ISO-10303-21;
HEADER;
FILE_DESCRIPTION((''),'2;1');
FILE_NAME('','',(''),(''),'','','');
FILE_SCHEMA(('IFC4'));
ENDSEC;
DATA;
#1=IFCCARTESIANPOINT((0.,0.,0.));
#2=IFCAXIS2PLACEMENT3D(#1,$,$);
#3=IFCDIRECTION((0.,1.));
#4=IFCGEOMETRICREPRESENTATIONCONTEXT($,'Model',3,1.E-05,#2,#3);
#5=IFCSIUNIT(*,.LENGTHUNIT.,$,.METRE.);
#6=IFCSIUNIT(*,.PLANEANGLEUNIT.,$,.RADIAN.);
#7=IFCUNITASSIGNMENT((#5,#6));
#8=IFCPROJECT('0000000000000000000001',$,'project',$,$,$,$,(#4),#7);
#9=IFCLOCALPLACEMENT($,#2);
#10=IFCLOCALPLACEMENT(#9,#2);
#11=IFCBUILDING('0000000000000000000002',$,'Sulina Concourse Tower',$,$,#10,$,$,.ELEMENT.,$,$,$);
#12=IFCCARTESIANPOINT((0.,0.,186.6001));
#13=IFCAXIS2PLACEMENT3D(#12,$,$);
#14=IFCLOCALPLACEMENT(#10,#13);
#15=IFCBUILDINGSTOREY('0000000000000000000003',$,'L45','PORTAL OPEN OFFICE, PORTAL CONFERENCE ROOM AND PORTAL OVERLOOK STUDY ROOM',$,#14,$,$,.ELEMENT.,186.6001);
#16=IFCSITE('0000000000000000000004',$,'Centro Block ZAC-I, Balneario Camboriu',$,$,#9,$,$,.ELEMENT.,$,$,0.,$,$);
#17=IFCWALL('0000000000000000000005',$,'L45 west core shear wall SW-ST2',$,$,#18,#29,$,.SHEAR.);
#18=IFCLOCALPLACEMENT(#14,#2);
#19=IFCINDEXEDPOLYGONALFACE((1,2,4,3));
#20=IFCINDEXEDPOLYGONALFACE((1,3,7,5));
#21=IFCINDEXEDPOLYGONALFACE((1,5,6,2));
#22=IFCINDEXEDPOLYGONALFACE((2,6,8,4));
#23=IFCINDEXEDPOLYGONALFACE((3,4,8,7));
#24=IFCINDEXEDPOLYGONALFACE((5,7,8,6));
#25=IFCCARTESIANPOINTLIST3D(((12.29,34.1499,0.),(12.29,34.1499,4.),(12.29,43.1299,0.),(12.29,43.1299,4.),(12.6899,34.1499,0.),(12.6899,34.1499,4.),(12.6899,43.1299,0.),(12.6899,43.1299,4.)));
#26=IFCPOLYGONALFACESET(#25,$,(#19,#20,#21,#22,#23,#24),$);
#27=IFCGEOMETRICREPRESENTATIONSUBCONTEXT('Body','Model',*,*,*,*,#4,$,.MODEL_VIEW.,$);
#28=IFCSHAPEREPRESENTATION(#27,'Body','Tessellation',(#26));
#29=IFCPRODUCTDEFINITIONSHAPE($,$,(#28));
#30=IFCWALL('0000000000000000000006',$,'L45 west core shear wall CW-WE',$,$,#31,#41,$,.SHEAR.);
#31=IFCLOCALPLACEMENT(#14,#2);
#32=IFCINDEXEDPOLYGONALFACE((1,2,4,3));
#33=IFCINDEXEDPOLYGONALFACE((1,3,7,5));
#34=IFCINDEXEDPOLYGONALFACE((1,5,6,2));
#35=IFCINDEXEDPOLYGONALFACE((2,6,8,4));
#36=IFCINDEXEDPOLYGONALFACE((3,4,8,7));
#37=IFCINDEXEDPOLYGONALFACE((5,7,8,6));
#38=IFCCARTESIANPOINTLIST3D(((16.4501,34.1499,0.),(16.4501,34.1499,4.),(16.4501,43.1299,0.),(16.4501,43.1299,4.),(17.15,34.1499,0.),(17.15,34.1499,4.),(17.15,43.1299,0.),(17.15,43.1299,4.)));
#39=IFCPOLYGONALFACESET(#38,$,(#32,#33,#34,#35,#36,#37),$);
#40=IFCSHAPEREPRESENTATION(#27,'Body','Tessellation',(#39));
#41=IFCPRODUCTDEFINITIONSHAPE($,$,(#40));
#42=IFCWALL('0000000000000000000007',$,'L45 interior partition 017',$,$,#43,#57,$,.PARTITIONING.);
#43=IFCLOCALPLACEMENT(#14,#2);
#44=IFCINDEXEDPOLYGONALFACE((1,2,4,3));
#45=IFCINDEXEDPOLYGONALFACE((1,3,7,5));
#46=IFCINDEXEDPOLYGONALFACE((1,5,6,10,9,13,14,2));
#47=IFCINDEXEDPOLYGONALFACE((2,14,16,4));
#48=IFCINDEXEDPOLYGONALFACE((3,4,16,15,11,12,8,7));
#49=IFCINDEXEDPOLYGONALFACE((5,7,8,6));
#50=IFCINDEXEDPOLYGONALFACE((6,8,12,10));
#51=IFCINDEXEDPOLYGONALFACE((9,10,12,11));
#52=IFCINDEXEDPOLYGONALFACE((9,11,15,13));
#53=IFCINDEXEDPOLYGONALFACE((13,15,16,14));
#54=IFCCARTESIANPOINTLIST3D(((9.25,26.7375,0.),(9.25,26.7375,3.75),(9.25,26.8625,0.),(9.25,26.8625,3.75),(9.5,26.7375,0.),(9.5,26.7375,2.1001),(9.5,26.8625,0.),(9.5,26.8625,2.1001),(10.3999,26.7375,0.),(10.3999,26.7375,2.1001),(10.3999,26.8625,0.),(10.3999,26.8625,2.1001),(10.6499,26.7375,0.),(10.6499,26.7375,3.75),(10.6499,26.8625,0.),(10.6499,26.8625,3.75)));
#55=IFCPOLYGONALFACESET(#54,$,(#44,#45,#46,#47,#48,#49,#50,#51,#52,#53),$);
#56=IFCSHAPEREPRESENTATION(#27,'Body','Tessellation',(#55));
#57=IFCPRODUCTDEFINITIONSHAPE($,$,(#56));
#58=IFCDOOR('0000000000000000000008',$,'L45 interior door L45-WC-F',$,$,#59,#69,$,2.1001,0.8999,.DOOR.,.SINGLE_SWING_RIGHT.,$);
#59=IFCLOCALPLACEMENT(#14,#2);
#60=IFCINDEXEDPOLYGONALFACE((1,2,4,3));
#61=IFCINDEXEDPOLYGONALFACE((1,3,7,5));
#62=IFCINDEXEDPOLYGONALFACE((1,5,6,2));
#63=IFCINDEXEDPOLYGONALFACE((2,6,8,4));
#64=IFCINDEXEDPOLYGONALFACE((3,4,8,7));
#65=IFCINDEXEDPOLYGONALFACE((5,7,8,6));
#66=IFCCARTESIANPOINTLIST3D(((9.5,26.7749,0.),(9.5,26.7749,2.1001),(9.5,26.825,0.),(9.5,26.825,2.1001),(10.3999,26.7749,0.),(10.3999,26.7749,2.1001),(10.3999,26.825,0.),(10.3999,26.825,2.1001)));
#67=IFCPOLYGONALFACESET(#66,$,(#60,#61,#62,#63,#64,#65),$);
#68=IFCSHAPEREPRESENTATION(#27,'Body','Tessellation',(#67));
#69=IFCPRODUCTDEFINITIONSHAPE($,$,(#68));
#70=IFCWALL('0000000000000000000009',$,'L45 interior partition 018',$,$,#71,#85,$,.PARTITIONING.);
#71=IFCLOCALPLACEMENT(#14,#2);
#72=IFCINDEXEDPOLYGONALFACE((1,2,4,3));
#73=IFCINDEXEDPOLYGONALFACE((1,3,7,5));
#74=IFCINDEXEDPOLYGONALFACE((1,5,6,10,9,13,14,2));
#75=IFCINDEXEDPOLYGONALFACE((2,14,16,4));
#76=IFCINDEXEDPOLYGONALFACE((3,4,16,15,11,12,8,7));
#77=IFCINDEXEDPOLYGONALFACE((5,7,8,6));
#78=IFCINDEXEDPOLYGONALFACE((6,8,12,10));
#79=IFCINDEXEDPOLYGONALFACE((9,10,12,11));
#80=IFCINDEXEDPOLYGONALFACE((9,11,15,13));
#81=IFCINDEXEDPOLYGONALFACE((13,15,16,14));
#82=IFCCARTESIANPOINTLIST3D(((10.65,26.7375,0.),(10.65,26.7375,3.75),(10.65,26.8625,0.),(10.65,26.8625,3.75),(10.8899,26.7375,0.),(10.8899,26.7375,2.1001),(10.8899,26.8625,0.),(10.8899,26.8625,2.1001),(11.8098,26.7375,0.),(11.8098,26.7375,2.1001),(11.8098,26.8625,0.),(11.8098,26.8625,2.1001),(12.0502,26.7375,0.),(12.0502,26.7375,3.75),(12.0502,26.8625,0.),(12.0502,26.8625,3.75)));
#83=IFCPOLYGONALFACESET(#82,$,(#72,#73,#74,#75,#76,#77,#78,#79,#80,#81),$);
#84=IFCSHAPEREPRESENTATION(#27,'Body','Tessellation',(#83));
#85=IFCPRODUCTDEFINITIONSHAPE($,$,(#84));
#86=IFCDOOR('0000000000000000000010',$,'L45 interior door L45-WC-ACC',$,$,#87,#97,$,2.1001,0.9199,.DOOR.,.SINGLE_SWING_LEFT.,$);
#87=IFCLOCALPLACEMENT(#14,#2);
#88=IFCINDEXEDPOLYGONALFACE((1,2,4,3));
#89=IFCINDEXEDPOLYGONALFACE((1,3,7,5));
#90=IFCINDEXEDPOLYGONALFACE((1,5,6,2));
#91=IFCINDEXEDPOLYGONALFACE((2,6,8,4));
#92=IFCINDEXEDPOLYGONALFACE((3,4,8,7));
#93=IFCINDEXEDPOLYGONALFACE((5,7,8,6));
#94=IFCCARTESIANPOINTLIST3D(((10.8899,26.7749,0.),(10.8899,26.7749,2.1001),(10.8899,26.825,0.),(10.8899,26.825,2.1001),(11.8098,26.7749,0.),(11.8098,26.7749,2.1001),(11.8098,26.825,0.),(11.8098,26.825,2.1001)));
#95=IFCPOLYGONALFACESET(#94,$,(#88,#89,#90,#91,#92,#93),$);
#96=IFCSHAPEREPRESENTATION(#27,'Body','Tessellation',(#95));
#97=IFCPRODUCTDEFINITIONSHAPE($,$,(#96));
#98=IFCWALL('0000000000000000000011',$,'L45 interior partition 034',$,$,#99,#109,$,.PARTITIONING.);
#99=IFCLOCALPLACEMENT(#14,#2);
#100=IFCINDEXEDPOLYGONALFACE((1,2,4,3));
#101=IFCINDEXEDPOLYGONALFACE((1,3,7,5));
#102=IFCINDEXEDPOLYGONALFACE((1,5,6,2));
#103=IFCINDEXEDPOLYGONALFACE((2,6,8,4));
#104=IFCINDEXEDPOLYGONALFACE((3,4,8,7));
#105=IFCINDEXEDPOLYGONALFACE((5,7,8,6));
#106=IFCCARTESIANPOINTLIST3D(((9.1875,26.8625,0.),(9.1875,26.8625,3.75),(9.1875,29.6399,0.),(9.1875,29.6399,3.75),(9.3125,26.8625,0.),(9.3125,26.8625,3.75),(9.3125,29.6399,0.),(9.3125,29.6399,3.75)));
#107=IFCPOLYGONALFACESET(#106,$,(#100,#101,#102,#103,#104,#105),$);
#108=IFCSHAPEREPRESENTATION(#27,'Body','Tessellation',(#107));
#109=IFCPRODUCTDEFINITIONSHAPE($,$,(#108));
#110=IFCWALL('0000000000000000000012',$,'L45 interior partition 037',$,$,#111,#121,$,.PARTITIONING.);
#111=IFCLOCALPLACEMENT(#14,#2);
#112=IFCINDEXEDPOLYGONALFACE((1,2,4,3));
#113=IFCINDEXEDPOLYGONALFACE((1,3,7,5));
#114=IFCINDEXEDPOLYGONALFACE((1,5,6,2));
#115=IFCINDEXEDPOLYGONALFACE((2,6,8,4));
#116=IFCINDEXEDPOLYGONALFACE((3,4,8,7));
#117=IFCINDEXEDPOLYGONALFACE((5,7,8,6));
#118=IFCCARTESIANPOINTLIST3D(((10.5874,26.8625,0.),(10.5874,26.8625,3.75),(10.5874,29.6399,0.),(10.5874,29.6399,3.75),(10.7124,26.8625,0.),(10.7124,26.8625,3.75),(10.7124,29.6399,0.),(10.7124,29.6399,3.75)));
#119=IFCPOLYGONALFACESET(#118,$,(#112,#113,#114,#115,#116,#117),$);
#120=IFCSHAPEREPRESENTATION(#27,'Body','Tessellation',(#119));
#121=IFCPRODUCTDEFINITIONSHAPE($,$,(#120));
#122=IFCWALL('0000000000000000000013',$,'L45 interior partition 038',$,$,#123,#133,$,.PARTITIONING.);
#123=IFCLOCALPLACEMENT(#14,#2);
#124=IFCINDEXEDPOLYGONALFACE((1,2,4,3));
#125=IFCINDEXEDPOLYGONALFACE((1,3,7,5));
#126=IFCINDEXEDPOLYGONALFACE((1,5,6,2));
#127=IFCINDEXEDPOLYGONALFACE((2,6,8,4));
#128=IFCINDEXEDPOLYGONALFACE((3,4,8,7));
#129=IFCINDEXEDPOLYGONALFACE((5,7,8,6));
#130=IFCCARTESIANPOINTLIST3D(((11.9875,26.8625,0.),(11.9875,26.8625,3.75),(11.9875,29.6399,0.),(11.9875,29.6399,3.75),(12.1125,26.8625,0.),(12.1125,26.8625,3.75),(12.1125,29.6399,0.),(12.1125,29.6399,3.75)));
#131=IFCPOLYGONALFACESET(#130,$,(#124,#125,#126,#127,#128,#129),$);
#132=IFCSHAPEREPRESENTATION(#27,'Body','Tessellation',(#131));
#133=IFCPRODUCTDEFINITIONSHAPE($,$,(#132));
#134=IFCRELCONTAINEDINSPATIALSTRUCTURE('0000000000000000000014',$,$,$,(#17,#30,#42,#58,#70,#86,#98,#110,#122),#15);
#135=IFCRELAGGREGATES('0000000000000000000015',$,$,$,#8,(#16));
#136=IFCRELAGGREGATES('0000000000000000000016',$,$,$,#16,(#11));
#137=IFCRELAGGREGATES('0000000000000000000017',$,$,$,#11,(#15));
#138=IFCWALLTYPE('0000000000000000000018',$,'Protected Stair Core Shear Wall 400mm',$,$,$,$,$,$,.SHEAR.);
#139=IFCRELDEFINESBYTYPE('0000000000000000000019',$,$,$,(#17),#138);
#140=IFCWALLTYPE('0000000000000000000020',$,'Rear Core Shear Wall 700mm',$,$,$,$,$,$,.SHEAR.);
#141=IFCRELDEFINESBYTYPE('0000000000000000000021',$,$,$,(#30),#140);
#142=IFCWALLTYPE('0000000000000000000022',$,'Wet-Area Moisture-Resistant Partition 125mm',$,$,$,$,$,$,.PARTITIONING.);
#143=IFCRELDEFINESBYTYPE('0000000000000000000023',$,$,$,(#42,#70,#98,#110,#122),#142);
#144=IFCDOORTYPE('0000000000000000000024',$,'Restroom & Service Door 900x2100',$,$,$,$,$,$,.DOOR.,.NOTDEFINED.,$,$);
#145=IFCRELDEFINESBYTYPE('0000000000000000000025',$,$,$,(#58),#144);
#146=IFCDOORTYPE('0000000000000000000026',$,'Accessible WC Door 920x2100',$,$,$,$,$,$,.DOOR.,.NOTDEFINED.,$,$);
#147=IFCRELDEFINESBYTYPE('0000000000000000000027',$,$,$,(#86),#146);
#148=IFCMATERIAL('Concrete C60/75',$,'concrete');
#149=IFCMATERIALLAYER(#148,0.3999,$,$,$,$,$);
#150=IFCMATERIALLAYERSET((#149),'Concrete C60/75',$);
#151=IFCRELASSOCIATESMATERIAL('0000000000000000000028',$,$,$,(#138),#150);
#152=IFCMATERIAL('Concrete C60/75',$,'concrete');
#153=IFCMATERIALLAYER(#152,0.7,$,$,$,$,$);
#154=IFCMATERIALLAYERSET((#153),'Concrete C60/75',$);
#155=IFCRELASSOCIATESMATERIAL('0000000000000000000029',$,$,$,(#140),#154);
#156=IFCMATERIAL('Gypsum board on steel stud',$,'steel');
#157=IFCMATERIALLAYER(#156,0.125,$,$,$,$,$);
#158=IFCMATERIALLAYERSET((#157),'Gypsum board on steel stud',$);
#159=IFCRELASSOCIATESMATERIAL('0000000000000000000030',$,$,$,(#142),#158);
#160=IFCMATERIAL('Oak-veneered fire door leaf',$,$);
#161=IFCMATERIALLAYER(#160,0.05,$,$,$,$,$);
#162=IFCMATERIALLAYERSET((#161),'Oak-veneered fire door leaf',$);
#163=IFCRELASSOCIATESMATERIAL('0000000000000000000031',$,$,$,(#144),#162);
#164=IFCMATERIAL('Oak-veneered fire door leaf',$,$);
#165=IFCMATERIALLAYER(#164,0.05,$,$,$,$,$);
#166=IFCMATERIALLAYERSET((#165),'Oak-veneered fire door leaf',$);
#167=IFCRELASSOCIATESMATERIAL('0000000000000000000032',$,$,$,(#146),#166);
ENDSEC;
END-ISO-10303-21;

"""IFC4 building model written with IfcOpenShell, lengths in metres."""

from ifc_helpers import new_model, si_unit, direction, frame, frame_2d, origin, place, context, subcontext, project, spatial, rectangle, extrude, material, layer, layer_set, type_object, element, fill, save


model = new_model("IFC4")

# Units and contexts
model_context = context("Model", 3, precision=1e-05, world=origin(), true_north=direction((0.0, 1.0)))
body_context = subcontext(model_context, "Body", "Model", "MODEL_VIEW")
ifc_project = project(units=[si_unit("LENGTHUNIT", "METRE"), si_unit("PLANEANGLEUNIT", "RADIAN")], contexts=[model_context])

# Site, building, storey
site_placement = place(None, origin())
site = spatial("IfcSite", under=ifc_project, at=site_placement, Name="Centro Block ZAC-I, Balneario Camboriu", CompositionType="ELEMENT", RefElevation=0.0)
building_placement = place(site_placement, origin())
building = spatial("IfcBuilding", under=site, at=building_placement, Name="Sulina Concourse Tower", CompositionType="ELEMENT")
storey_placement = place(building_placement, frame((0.0, 0.0, 186.6001)))
storey = spatial("IfcBuildingStorey", under=building, at=storey_placement, Name="L45", Description="PORTAL OPEN OFFICE, PORTAL CONFERENCE ROOM AND PORTAL OVERLOOK STUDY ROOM", CompositionType="ELEMENT", Elevation=186.6001)

# Shared definitions
ifc_material_1 = material(Name="Concrete C60/75", Category="concrete")
ifc_layer_1 = layer(ifc_material_1, 0.3999)
ifc_layer_set_1 = layer_set([ifc_layer_1], Name="Concrete C60/75")
wall_type_1 = type_object("IfcWallType", Name="Protected Stair Core Shear Wall 400mm", PredefinedType="SHEAR", material=ifc_layer_set_1)

# Walls
wall_1_placement = place(storey_placement, frame((12.49, 34.1499, 0.0), z_axis=(0.0, 0.0, 1.0), x_axis=(0.0, 1.0, 0.0)))
element("IfcWall", 1, at=wall_1_placement, inside=storey, type_object=wall_type_1, Name="L45 west core shear wall SW-ST2", PredefinedType="SHEAR", context=body_context, shape_type="SweptSolid", body=[
    extrude(rectangle(XDim=8.98, YDim=0.3999, at=frame_2d((4.49, 0.0))), origin(), (0.0, 0.0, 1.0), 4.0),
])
ifc_material_2 = material(Name="Concrete C60/75", Category="concrete")
ifc_layer_2 = layer(ifc_material_2, 0.7)
ifc_layer_set_2 = layer_set([ifc_layer_2], Name="Concrete C60/75")
wall_type_2 = type_object("IfcWallType", Name="Rear Core Shear Wall 700mm", PredefinedType="SHEAR", material=ifc_layer_set_2)
wall_2_placement = place(storey_placement, frame((16.8, 34.1499, 0.0), z_axis=(0.0, 0.0, 1.0), x_axis=(0.0, 1.0, 0.0)))
element("IfcWall", 2, at=wall_2_placement, inside=storey, type_object=wall_type_2, Name="L45 west core shear wall CW-WE", PredefinedType="SHEAR", context=body_context, shape_type="SweptSolid", body=[
    extrude(rectangle(XDim=8.98, YDim=0.7, at=frame_2d((4.49, 0.0))), origin(), (0.0, 0.0, 1.0), 4.0),
])

# Walls, openings, doors
ifc_material_3 = material(Name="Gypsum board on steel stud", Category="steel")
ifc_layer_3 = layer(ifc_material_3, 0.125)
ifc_layer_set_3 = layer_set([ifc_layer_3], Name="Gypsum board on steel stud")
wall_type_3 = type_object("IfcWallType", Name="Wet-Area Moisture-Resistant Partition 125mm", PredefinedType="PARTITIONING", material=ifc_layer_set_3)
wall_3_placement = place(storey_placement, frame((9.25, 26.8, 0.0), z_axis=(0.0, 0.0, 1.0), x_axis=(1.0, 0.0, 0.0)))
wall_3 = element("IfcWall", 3, at=wall_3_placement, inside=storey, type_object=wall_type_3, Name="L45 interior partition 017", PredefinedType="PARTITIONING", context=body_context, shape_type="SweptSolid", body=[
    extrude(rectangle(XDim=1.3999, YDim=0.125, at=frame_2d((0.7, 0.0))), origin(), (0.0, 0.0, 1.0), 3.75),
])
opening_1_placement = place(wall_3_placement, frame((0.25, 0.0, 0.0)))
opening_1 = element("IfcOpeningElement", 4, at=opening_1_placement, cuts=wall_3, PredefinedType="OPENING", context=body_context, shape_type="SweptSolid", body=[
    extrude(rectangle(XDim=0.8999, YDim=2.1001, at=frame_2d((0.45, 1.05))), frame((0.0, 0.0725, 0.0), z_axis=(0.0, -1.0, 0.0), x_axis=(1.0, 0.0, 0.0)), (0.0, 0.0, 1.0), 0.145),
])
ifc_material_4 = material(Name="Oak-veneered fire door leaf")
ifc_layer_4 = layer(ifc_material_4, 0.05)
ifc_layer_set_4 = layer_set([ifc_layer_4], Name="Oak-veneered fire door leaf")
door_type_1 = type_object("IfcDoorType", Name="Restroom & Service Door 900x2100", OperationType="NOTDEFINED", PredefinedType="DOOR", material=ifc_layer_set_4)
door_1_placement = place(opening_1_placement, origin())
door_1 = element("IfcDoor", 5, at=door_1_placement, inside=storey, type_object=door_type_1, Name="L45 interior door L45-WC-F", OperationType="SINGLE_SWING_RIGHT", OverallHeight=2.1001, OverallWidth=0.8999, PredefinedType="DOOR", context=body_context, shape_type="SweptSolid", body=[
    extrude(rectangle(XDim=0.8999, YDim=2.1001, at=frame_2d((0.45, 1.05))), frame((0.0, 0.0249, 0.0), z_axis=(0.0, -1.0, 0.0), x_axis=(1.0, 0.0, 0.0)), (0.0, 0.0, 1.0), 0.05),
])
fill(opening_1, door_1)
wall_4_placement = place(storey_placement, frame((10.6499, 26.8, 0.0), z_axis=(0.0, 0.0, 1.0), x_axis=(1.0, 0.0, 0.0)))
wall_4 = element("IfcWall", 6, at=wall_4_placement, inside=storey, type_object=wall_type_3, Name="L45 interior partition 018", PredefinedType="PARTITIONING", context=body_context, shape_type="SweptSolid", body=[
    extrude(rectangle(XDim=1.4001, YDim=0.125, at=frame_2d((0.7002, 0.0))), origin(), (0.0, 0.0, 1.0), 3.75),
])
opening_2_placement = place(wall_4_placement, frame((0.24, 0.0, 0.0)))
opening_2 = element("IfcOpeningElement", 7, at=opening_2_placement, cuts=wall_4, PredefinedType="OPENING", context=body_context, shape_type="SweptSolid", body=[
    extrude(rectangle(XDim=0.9199, YDim=2.1001, at=frame_2d((0.46, 1.05))), frame((0.0, 0.0725, 0.0), z_axis=(0.0, -1.0, 0.0), x_axis=(1.0, 0.0, 0.0)), (0.0, 0.0, 1.0), 0.145),
])
ifc_material_5 = material(Name="Oak-veneered fire door leaf")
ifc_layer_5 = layer(ifc_material_5, 0.05)
ifc_layer_set_5 = layer_set([ifc_layer_5], Name="Oak-veneered fire door leaf")
door_type_2 = type_object("IfcDoorType", Name="Accessible WC Door 920x2100", OperationType="NOTDEFINED", PredefinedType="DOOR", material=ifc_layer_set_5)
door_2_placement = place(opening_2_placement, origin())
door_2 = element("IfcDoor", 8, at=door_2_placement, inside=storey, type_object=door_type_2, Name="L45 interior door L45-WC-ACC", OperationType="SINGLE_SWING_LEFT", OverallHeight=2.1001, OverallWidth=0.9199, PredefinedType="DOOR", context=body_context, shape_type="SweptSolid", body=[
    extrude(rectangle(XDim=0.9199, YDim=2.1001, at=frame_2d((0.46, 1.05))), frame((0.0, 0.0249, 0.0), z_axis=(0.0, -1.0, 0.0), x_axis=(1.0, 0.0, 0.0)), (0.0, 0.0, 1.0), 0.05),
])
fill(opening_2, door_2)

# Walls
for number, where, z_axis, x_axis, name in (
    (9, (9.25, 26.8625, 0.0), (0.0, 0.0, 1.0), (0.0, 1.0, 0.0), "L45 interior partition 034"),
    (10, (10.6499, 26.8625, 0.0), (0.0, 0.0, 1.0), (0.0, 1.0, 0.0), "L45 interior partition 037"),
    (11, (12.05, 26.8625, 0.0), (0.0, 0.0, 1.0), (0.0, 1.0, 0.0), "L45 interior partition 038"),
):
    element("IfcWall", number, at=place(storey_placement, frame(where, z_axis=z_axis, x_axis=x_axis)), inside=storey, type_object=wall_type_3, Name=name, PredefinedType="PARTITIONING", context=body_context, shape_type="SweptSolid", body=[
        extrude(rectangle(XDim=2.7773, YDim=0.125, at=frame_2d((1.3887, 0.0))), origin(), (0.0, 0.0, 1.0), 3.75),
    ])

save(model, "model.ifc")
